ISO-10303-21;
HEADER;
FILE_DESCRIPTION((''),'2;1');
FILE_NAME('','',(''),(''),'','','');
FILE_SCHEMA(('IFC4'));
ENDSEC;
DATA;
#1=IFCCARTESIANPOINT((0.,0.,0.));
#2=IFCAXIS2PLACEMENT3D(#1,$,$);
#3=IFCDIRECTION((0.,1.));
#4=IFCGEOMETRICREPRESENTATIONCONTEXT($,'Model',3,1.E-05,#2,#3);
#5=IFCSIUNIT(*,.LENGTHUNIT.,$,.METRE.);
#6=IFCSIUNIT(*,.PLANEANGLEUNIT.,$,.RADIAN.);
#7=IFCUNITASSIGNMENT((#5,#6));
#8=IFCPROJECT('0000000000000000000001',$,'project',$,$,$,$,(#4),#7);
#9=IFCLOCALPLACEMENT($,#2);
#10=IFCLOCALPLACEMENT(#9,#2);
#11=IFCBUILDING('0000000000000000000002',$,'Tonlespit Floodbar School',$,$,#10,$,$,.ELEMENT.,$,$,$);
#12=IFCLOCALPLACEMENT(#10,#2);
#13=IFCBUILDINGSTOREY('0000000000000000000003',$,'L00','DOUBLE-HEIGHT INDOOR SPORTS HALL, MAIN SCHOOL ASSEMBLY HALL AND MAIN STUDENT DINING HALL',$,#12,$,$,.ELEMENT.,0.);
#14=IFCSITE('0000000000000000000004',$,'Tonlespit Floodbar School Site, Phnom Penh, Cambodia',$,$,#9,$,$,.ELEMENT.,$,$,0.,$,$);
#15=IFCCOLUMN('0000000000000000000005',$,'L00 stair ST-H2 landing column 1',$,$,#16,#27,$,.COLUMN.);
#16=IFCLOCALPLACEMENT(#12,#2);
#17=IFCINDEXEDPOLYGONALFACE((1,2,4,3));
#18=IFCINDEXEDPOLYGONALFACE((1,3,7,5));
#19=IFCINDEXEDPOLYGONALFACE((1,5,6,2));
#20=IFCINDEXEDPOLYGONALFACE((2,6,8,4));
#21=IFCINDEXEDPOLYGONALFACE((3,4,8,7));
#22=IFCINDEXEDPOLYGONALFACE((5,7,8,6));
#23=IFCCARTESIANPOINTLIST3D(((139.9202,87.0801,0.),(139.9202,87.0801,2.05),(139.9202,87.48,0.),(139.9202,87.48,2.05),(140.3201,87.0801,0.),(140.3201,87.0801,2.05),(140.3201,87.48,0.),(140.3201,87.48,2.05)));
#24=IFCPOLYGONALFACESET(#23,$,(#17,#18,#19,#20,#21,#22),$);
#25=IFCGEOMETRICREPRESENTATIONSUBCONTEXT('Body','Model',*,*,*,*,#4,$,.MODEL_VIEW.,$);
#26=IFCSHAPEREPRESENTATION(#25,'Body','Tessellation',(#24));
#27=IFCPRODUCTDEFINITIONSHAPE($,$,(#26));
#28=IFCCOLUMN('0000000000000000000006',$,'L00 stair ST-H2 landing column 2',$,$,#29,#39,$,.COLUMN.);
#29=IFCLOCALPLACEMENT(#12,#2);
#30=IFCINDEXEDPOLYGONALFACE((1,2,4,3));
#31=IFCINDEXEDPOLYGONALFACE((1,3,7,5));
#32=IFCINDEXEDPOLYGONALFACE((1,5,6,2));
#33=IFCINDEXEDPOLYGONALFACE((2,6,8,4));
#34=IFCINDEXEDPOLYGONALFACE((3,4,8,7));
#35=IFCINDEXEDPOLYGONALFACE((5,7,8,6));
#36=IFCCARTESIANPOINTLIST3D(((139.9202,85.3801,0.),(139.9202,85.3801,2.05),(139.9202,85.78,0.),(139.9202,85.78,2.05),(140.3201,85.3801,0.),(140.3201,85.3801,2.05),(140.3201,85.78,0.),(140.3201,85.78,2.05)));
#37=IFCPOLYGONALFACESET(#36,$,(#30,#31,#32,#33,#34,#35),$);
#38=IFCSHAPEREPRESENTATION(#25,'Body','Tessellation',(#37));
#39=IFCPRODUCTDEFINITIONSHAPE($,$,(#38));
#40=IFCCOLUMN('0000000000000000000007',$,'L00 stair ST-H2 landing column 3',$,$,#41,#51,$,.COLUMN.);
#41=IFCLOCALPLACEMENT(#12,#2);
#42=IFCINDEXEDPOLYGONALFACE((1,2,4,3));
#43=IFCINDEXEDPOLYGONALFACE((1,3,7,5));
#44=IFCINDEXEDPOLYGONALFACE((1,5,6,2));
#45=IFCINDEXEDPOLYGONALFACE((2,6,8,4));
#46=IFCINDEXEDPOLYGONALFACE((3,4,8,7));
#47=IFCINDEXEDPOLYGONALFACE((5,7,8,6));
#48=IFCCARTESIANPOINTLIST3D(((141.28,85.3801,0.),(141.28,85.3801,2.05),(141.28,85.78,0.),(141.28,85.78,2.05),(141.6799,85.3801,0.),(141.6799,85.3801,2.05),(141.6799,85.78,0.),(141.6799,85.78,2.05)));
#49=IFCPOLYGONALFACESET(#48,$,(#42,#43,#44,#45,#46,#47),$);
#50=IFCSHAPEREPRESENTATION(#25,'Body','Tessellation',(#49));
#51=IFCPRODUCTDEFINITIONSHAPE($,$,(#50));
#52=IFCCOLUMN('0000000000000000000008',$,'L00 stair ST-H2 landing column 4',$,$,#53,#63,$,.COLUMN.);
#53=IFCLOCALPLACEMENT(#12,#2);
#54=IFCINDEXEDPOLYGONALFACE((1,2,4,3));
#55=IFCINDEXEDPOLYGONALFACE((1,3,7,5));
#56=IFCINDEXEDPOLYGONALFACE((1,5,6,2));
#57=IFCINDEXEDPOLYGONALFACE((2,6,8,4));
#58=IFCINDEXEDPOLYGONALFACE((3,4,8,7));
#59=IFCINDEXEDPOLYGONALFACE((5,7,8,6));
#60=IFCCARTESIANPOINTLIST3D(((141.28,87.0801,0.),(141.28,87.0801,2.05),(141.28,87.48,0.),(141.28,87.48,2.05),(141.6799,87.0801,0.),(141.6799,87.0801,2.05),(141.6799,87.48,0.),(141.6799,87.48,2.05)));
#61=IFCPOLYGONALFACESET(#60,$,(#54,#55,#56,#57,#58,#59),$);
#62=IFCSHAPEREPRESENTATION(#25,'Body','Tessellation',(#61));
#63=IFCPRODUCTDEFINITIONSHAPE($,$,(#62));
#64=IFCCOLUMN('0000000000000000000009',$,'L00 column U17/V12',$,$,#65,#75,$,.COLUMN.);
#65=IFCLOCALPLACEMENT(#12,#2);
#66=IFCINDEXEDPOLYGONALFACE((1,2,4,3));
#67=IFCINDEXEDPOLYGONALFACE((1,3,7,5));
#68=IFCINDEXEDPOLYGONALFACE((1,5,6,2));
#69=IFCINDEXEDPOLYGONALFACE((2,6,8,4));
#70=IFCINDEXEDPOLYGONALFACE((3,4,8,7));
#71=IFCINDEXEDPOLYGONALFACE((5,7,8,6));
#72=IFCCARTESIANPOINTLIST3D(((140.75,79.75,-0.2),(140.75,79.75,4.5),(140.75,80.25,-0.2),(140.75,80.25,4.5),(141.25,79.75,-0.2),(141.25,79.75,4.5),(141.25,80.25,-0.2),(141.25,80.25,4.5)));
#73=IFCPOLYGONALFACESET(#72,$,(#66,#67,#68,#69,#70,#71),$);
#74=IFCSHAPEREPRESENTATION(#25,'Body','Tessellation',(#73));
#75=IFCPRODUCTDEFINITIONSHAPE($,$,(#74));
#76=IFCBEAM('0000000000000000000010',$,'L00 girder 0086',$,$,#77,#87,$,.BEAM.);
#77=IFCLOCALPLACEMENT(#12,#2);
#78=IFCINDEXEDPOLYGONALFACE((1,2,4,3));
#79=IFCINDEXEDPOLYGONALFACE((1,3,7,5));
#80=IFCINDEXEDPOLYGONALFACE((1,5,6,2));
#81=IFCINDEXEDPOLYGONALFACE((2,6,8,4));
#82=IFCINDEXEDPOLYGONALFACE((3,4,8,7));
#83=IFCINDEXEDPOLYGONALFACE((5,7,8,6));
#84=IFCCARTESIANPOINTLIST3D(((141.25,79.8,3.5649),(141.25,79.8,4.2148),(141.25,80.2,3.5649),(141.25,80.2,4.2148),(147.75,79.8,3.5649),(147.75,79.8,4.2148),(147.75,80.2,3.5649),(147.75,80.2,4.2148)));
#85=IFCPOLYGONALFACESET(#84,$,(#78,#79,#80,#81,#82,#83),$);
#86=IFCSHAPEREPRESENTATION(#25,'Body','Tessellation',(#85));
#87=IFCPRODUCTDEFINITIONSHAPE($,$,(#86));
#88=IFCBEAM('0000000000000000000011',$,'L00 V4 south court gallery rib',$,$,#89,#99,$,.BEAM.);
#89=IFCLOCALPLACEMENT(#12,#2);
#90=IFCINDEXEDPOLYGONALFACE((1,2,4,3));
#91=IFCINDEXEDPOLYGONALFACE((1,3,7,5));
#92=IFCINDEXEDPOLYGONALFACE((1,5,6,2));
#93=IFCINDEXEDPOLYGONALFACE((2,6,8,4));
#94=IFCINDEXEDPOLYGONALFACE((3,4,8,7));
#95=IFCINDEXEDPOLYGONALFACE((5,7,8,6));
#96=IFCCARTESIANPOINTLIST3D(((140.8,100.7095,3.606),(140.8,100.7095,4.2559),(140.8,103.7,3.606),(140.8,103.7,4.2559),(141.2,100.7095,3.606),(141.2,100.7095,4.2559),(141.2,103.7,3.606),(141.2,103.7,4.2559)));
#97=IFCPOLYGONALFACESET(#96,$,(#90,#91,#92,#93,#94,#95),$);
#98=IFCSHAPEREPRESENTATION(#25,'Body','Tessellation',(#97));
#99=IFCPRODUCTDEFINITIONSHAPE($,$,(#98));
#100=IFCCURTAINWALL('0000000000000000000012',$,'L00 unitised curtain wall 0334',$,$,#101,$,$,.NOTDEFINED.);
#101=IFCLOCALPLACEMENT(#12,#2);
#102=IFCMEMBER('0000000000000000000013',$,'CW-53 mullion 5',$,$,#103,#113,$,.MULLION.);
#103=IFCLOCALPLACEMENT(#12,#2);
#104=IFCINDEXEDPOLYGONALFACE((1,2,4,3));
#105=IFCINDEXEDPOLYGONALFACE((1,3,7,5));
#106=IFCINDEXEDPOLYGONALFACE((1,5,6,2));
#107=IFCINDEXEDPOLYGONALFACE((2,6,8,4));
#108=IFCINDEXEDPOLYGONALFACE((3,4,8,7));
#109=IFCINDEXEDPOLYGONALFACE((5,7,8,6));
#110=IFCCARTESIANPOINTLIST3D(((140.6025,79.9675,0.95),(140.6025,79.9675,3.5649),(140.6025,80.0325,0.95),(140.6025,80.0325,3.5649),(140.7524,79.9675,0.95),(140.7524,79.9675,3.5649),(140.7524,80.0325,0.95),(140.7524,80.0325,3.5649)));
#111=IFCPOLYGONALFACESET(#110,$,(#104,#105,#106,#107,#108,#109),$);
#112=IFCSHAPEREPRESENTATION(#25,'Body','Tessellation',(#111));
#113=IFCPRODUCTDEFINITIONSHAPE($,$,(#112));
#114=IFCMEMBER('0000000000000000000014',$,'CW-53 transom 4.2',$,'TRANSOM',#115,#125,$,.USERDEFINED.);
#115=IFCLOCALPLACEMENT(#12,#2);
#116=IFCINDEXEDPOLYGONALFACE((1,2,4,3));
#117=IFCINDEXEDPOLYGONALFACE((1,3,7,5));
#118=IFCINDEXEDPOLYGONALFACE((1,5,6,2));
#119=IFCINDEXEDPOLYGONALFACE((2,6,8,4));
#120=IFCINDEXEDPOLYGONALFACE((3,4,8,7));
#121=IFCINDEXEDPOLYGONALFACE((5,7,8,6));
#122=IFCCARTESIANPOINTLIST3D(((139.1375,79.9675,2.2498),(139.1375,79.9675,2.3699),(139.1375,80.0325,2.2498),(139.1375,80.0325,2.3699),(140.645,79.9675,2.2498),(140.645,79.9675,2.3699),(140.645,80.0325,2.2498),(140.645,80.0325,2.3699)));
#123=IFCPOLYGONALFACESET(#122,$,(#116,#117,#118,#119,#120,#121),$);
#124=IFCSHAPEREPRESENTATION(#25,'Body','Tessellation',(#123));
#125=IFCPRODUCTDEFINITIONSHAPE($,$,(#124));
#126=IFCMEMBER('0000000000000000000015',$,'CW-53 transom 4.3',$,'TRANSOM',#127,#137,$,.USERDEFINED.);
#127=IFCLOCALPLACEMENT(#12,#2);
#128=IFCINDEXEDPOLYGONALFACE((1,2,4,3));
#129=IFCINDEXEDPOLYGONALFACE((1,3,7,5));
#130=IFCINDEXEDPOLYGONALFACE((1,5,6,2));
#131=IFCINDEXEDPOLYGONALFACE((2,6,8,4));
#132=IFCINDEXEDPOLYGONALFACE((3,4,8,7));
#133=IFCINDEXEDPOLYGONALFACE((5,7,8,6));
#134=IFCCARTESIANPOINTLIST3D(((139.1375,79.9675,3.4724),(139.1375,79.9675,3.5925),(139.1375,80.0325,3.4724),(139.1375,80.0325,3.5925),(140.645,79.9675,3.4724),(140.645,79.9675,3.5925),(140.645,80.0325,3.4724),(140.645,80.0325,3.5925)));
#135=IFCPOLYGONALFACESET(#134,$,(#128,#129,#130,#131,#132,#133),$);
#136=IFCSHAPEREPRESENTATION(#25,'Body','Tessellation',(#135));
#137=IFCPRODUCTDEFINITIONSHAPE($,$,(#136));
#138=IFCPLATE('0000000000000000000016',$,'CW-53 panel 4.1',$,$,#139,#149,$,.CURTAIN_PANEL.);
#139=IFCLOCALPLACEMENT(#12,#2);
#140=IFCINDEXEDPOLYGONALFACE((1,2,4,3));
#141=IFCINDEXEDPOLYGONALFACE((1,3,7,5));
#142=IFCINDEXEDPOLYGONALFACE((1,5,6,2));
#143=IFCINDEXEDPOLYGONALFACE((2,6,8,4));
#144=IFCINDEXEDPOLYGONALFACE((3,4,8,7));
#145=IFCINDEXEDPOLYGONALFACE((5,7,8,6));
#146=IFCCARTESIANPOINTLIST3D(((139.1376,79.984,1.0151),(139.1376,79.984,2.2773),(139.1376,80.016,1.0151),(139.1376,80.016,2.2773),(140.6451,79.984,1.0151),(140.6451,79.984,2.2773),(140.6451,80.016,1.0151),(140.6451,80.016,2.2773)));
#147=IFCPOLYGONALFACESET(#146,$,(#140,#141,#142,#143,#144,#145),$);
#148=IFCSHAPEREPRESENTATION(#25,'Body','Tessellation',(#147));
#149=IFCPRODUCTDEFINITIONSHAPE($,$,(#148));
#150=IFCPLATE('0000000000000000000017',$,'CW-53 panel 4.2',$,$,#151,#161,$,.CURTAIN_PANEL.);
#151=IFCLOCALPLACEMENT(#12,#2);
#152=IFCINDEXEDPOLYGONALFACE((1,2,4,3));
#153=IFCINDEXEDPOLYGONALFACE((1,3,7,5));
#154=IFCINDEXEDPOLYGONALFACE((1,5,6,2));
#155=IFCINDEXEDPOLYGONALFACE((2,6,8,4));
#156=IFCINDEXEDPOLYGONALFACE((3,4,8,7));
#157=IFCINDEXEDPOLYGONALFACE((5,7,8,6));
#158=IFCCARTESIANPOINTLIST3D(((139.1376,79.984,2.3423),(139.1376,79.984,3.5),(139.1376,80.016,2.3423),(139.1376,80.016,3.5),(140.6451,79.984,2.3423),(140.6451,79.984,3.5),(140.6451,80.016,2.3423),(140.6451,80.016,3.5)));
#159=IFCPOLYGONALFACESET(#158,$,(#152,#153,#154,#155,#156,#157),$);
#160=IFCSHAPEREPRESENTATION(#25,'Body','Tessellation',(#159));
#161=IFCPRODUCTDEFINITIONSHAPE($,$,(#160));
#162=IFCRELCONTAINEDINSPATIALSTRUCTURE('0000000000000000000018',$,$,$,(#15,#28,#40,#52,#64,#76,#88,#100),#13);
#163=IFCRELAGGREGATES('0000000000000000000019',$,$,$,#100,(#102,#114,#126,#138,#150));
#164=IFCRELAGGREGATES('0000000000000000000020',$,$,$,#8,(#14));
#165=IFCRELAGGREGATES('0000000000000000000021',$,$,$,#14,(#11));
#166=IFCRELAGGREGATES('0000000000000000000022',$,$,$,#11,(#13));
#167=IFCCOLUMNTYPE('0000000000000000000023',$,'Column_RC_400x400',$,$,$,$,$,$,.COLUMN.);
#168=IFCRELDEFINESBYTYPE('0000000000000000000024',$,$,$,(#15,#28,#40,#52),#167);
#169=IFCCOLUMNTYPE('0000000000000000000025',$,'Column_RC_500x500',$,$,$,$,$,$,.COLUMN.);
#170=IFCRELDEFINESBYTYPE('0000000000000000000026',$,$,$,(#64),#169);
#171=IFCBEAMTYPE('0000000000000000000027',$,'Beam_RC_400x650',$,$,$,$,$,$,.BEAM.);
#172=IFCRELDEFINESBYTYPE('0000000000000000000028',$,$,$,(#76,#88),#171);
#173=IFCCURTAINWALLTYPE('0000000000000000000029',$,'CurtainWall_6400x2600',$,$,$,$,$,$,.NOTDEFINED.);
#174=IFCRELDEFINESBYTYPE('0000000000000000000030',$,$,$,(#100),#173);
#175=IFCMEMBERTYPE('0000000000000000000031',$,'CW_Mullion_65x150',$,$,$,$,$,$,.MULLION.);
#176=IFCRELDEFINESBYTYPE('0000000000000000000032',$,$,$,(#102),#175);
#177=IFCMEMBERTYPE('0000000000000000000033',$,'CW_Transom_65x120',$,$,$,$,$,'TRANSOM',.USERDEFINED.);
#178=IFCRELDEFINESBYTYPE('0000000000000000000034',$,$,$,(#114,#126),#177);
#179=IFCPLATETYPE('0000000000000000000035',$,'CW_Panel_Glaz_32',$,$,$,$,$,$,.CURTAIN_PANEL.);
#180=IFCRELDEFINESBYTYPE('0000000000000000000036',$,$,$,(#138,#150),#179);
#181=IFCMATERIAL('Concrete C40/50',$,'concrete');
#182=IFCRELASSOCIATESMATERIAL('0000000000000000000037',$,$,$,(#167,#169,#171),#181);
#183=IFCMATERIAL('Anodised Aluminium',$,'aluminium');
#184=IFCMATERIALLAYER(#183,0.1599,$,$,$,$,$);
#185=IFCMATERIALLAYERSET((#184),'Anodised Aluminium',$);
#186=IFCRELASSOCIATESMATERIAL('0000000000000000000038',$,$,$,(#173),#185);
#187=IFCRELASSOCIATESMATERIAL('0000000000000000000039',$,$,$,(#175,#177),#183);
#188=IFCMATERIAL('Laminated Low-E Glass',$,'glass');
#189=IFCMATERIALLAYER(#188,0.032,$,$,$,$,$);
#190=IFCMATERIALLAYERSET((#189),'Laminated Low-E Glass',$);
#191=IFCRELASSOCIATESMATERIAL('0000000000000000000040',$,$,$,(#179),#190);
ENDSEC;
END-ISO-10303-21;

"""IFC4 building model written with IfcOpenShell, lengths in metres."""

from ifc_helpers import new_model, si_unit, direction, frame, origin, origin_2d, place, context, subcontext, project, spatial, rectangle, extrude, material, layer, layer_set, material_profile, profile_set, type_object, element, aggregate, save


model = new_model("IFC4")

# Units and contexts
model_context = context("Model", 3, precision=1e-05, world=origin(), true_north=direction((0.0, 1.0)))
body_context = subcontext(model_context, "Body", "Model", "MODEL_VIEW")
ifc_project = project(units=[si_unit("LENGTHUNIT", "METRE"), si_unit("PLANEANGLEUNIT", "RADIAN")], contexts=[model_context])

# Site, building, storey
site_placement = place(None, origin())
site = spatial("IfcSite", under=ifc_project, at=site_placement, Name="Tonlespit Floodbar School Site, Phnom Penh, Cambodia", CompositionType="ELEMENT", RefElevation=0.0)
building_placement = place(site_placement, origin())
building = spatial("IfcBuilding", under=site, at=building_placement, Name="Tonlespit Floodbar School", CompositionType="ELEMENT")
storey_placement = place(building_placement, origin())
storey = spatial("IfcBuildingStorey", under=building, at=storey_placement, Name="L00", Description="DOUBLE-HEIGHT INDOOR SPORTS HALL, MAIN SCHOOL ASSEMBLY HALL AND MAIN STUDENT DINING HALL", CompositionType="ELEMENT", Elevation=0.0)

# Shared definitions
ifc_material_1 = material(Name="Concrete C40/50", Category="concrete")

# Columns
ifc_material_profile_1 = material_profile(ifc_material_1, rectangle(XDim=0.3999, YDim=0.3999, at=origin_2d()), Name="RC 400x400")
ifc_profile_set_1 = profile_set([ifc_material_profile_1], Name="Concrete C40/50")
column_type_1 = type_object("IfcColumnType", Name="Column_RC_400x400", PredefinedType="COLUMN", material=ifc_profile_set_1)
for number, where, z_axis, x_axis, name in (
    (1, (140.1201, 87.28, 0.0), (0.0, 0.0, 1.0), (1.0, 0.0, 0.0), "L00 stair ST-H2 landing column 1"),
    (2, (140.1201, 85.5801, 0.0), (0.0, 0.0, 1.0), (1.0, 0.0, 0.0), "L00 stair ST-H2 landing column 2"),
    (3, (141.48, 85.5801, 0.0), (0.0, 0.0, 1.0), (1.0, 0.0, 0.0), "L00 stair ST-H2 landing column 3"),
    (4, (141.48, 87.28, 0.0), (0.0, 0.0, 1.0), (1.0, 0.0, 0.0), "L00 stair ST-H2 landing column 4"),
):
    element("IfcColumn", number, at=place(storey_placement, frame(where, z_axis=z_axis, x_axis=x_axis)), inside=storey, type_object=column_type_1, Name=name, PredefinedType="COLUMN", context=body_context, shape_type="SweptSolid", body=[
        extrude(rectangle(XDim=0.3999, YDim=0.3999, at=origin_2d()), origin(), (0.0, 0.0, 1.0), 2.05),
    ])
ifc_material_profile_2 = material_profile(ifc_material_1, rectangle(XDim=0.5, YDim=0.5, at=origin_2d()), Name="RC 500x500")
ifc_profile_set_2 = profile_set([ifc_material_profile_2], Name="Concrete C40/50")
column_type_2 = type_object("IfcColumnType", Name="Column_RC_500x500", PredefinedType="COLUMN", material=ifc_profile_set_2)
column_placement = place(storey_placement, frame((141.0, 80.0, -0.2), z_axis=(0.0, 0.0, 1.0), x_axis=(1.0, 0.0, 0.0)))
element("IfcColumn", 5, at=column_placement, inside=storey, type_object=column_type_2, Name="L00 column U17/V12", PredefinedType="COLUMN", context=body_context, shape_type="SweptSolid", body=[
    extrude(rectangle(XDim=0.5, YDim=0.5, at=origin_2d()), origin(), (0.0, 0.0, 1.0), 4.7),
])

# Beams
ifc_material_profile_3 = material_profile(ifc_material_1, rectangle(XDim=0.3999, YDim=0.6499, at=origin_2d()), Name="RC 400x650")
ifc_profile_set_3 = profile_set([ifc_material_profile_3], Name="Concrete C40/50")
beam_type = type_object("IfcBeamType", Name="Beam_RC_400x650", PredefinedType="BEAM", material=ifc_profile_set_3)
beam_1_placement = place(storey_placement, frame((141.25, 80.0, 3.8899), z_axis=(1.0, 0.0, 0.0), x_axis=(0.0, 1.0, 0.0)))
element("IfcBeam", 6, at=beam_1_placement, inside=storey, type_object=beam_type, Name="L00 girder 0086", PredefinedType="BEAM", context=body_context, shape_type="SweptSolid", body=[
    extrude(rectangle(XDim=0.3999, YDim=0.6499, at=origin_2d()), origin(), (0.0, 0.0, 1.0), 6.5),
])
beam_2_placement = place(storey_placement, frame((141.0, 103.7, 3.9309), z_axis=(0.0, -1.0, 0.0), x_axis=(1.0, 0.0, 0.0)))
element("IfcBeam", 7, at=beam_2_placement, inside=storey, type_object=beam_type, Name="L00 V4 south court gallery rib", PredefinedType="BEAM", context=body_context, shape_type="SweptSolid", body=[
    extrude(rectangle(XDim=0.3999, YDim=0.6499, at=origin_2d()), origin(), (0.0, 0.0, 1.0), 2.9905),
])

# Curtain wall, members, plates
ifc_material_2 = material(Name="Anodised Aluminium", Category="aluminium")
ifc_layer_1 = layer(ifc_material_2, 0.1599)
ifc_layer_set_1 = layer_set([ifc_layer_1], Name="Anodised Aluminium")
curtain_wall_type = type_object("IfcCurtainWallType", Name="CurtainWall_6400x2600", PredefinedType="NOTDEFINED", material=ifc_layer_set_1)
curtain_wall_placement = place(storey_placement, origin())
curtain_wall = element("IfcCurtainWall", 8, at=curtain_wall_placement, inside=storey, type_object=curtain_wall_type, Name="L00 unitised curtain wall 0334", PredefinedType="NOTDEFINED")
ifc_material_profile_4 = material_profile(ifc_material_2, rectangle(XDim=0.0649, YDim=0.1499, at=origin_2d()), Name="ALU M65x150")
ifc_profile_set_4 = profile_set([ifc_material_profile_4], Name="Anodised Aluminium")
member_type_1 = type_object("IfcMemberType", Name="CW_Mullion_65x150", PredefinedType="MULLION", material=ifc_profile_set_4)
member_1_placement = place(storey_placement, frame((140.6775, 80.0, 0.95), z_axis=(0.0, 0.0, 1.0), x_axis=(0.0, 1.0, 0.0)))
member_1 = element("IfcMember", 9, at=member_1_placement, type_object=member_type_1, Name="CW-53 mullion 5", PredefinedType="MULLION", context=body_context, shape_type="SweptSolid", body=[
    extrude(rectangle(XDim=0.0649, YDim=0.1499, at=origin_2d()), origin(), (0.0, 0.0, 1.0), 2.615),
])
ifc_material_profile_5 = material_profile(ifc_material_2, rectangle(XDim=0.0649, YDim=0.1201, at=origin_2d()), Name="ALU T65x120")
ifc_profile_set_5 = profile_set([ifc_material_profile_5], Name="Anodised Aluminium")
member_type_2 = type_object("IfcMemberType", Name="CW_Transom_65x120", ElementType="TRANSOM", PredefinedType="USERDEFINED", material=ifc_profile_set_5)
member_2_placement = place(storey_placement, frame((139.1375, 80.0, 2.3098), z_axis=(1.0, 0.0, 0.0), x_axis=(0.0, 1.0, 0.0)))
member_2 = element("IfcMember", 10, at=member_2_placement, type_object=member_type_2, Name="CW-53 transom 4.2", ObjectType="TRANSOM", PredefinedType="USERDEFINED", context=body_context, shape_type="SweptSolid", body=[
    extrude(rectangle(XDim=0.0649, YDim=0.1201, at=origin_2d()), origin(), (0.0, 0.0, 1.0), 1.5076),
])
member_3_placement = place(storey_placement, frame((139.1375, 80.0, 3.5325), z_axis=(1.0, 0.0, 0.0), x_axis=(0.0, 1.0, 0.0)))
member_3 = element("IfcMember", 11, at=member_3_placement, type_object=member_type_2, Name="CW-53 transom 4.3", ObjectType="TRANSOM", PredefinedType="USERDEFINED", context=body_context, shape_type="SweptSolid", body=[
    extrude(rectangle(XDim=0.0649, YDim=0.1201, at=origin_2d()), origin(), (0.0, 0.0, 1.0), 1.5076),
])
ifc_material_3 = material(Name="Laminated Low-E Glass", Category="glass")
ifc_layer_2 = layer(ifc_material_3, 0.032)
ifc_layer_set_2 = layer_set([ifc_layer_2], Name="Laminated Low-E Glass")
plate_type = type_object("IfcPlateType", Name="CW_Panel_Glaz_32", PredefinedType="CURTAIN_PANEL", material=ifc_layer_set_2)
plate_1_placement = place(storey_placement, frame((139.8914, 80.0, 1.0151), z_axis=(0.0, 0.0, 1.0), x_axis=(1.0, 0.0, 0.0)))
plate_1 = element("IfcPlate", 12, at=plate_1_placement, type_object=plate_type, Name="CW-53 panel 4.1", PredefinedType="CURTAIN_PANEL", context=body_context, shape_type="SweptSolid", body=[
    extrude(rectangle(XDim=1.5076, YDim=0.032, at=origin_2d()), origin(), (0.0, 0.0, 1.0), 1.2622),
])
plate_2_placement = place(storey_placement, frame((139.8914, 80.0, 2.3423), z_axis=(0.0, 0.0, 1.0), x_axis=(1.0, 0.0, 0.0)))
plate_2 = element("IfcPlate", 13, at=plate_2_placement, type_object=plate_type, Name="CW-53 panel 4.2", PredefinedType="CURTAIN_PANEL", context=body_context, shape_type="SweptSolid", body=[
    extrude(rectangle(XDim=1.5076, YDim=0.032, at=origin_2d()), origin(), (0.0, 0.0, 1.0), 1.1577),
])
aggregate(curtain_wall, [member_1, member_2, member_3, plate_1, plate_2])

save(model, "model.ifc")
